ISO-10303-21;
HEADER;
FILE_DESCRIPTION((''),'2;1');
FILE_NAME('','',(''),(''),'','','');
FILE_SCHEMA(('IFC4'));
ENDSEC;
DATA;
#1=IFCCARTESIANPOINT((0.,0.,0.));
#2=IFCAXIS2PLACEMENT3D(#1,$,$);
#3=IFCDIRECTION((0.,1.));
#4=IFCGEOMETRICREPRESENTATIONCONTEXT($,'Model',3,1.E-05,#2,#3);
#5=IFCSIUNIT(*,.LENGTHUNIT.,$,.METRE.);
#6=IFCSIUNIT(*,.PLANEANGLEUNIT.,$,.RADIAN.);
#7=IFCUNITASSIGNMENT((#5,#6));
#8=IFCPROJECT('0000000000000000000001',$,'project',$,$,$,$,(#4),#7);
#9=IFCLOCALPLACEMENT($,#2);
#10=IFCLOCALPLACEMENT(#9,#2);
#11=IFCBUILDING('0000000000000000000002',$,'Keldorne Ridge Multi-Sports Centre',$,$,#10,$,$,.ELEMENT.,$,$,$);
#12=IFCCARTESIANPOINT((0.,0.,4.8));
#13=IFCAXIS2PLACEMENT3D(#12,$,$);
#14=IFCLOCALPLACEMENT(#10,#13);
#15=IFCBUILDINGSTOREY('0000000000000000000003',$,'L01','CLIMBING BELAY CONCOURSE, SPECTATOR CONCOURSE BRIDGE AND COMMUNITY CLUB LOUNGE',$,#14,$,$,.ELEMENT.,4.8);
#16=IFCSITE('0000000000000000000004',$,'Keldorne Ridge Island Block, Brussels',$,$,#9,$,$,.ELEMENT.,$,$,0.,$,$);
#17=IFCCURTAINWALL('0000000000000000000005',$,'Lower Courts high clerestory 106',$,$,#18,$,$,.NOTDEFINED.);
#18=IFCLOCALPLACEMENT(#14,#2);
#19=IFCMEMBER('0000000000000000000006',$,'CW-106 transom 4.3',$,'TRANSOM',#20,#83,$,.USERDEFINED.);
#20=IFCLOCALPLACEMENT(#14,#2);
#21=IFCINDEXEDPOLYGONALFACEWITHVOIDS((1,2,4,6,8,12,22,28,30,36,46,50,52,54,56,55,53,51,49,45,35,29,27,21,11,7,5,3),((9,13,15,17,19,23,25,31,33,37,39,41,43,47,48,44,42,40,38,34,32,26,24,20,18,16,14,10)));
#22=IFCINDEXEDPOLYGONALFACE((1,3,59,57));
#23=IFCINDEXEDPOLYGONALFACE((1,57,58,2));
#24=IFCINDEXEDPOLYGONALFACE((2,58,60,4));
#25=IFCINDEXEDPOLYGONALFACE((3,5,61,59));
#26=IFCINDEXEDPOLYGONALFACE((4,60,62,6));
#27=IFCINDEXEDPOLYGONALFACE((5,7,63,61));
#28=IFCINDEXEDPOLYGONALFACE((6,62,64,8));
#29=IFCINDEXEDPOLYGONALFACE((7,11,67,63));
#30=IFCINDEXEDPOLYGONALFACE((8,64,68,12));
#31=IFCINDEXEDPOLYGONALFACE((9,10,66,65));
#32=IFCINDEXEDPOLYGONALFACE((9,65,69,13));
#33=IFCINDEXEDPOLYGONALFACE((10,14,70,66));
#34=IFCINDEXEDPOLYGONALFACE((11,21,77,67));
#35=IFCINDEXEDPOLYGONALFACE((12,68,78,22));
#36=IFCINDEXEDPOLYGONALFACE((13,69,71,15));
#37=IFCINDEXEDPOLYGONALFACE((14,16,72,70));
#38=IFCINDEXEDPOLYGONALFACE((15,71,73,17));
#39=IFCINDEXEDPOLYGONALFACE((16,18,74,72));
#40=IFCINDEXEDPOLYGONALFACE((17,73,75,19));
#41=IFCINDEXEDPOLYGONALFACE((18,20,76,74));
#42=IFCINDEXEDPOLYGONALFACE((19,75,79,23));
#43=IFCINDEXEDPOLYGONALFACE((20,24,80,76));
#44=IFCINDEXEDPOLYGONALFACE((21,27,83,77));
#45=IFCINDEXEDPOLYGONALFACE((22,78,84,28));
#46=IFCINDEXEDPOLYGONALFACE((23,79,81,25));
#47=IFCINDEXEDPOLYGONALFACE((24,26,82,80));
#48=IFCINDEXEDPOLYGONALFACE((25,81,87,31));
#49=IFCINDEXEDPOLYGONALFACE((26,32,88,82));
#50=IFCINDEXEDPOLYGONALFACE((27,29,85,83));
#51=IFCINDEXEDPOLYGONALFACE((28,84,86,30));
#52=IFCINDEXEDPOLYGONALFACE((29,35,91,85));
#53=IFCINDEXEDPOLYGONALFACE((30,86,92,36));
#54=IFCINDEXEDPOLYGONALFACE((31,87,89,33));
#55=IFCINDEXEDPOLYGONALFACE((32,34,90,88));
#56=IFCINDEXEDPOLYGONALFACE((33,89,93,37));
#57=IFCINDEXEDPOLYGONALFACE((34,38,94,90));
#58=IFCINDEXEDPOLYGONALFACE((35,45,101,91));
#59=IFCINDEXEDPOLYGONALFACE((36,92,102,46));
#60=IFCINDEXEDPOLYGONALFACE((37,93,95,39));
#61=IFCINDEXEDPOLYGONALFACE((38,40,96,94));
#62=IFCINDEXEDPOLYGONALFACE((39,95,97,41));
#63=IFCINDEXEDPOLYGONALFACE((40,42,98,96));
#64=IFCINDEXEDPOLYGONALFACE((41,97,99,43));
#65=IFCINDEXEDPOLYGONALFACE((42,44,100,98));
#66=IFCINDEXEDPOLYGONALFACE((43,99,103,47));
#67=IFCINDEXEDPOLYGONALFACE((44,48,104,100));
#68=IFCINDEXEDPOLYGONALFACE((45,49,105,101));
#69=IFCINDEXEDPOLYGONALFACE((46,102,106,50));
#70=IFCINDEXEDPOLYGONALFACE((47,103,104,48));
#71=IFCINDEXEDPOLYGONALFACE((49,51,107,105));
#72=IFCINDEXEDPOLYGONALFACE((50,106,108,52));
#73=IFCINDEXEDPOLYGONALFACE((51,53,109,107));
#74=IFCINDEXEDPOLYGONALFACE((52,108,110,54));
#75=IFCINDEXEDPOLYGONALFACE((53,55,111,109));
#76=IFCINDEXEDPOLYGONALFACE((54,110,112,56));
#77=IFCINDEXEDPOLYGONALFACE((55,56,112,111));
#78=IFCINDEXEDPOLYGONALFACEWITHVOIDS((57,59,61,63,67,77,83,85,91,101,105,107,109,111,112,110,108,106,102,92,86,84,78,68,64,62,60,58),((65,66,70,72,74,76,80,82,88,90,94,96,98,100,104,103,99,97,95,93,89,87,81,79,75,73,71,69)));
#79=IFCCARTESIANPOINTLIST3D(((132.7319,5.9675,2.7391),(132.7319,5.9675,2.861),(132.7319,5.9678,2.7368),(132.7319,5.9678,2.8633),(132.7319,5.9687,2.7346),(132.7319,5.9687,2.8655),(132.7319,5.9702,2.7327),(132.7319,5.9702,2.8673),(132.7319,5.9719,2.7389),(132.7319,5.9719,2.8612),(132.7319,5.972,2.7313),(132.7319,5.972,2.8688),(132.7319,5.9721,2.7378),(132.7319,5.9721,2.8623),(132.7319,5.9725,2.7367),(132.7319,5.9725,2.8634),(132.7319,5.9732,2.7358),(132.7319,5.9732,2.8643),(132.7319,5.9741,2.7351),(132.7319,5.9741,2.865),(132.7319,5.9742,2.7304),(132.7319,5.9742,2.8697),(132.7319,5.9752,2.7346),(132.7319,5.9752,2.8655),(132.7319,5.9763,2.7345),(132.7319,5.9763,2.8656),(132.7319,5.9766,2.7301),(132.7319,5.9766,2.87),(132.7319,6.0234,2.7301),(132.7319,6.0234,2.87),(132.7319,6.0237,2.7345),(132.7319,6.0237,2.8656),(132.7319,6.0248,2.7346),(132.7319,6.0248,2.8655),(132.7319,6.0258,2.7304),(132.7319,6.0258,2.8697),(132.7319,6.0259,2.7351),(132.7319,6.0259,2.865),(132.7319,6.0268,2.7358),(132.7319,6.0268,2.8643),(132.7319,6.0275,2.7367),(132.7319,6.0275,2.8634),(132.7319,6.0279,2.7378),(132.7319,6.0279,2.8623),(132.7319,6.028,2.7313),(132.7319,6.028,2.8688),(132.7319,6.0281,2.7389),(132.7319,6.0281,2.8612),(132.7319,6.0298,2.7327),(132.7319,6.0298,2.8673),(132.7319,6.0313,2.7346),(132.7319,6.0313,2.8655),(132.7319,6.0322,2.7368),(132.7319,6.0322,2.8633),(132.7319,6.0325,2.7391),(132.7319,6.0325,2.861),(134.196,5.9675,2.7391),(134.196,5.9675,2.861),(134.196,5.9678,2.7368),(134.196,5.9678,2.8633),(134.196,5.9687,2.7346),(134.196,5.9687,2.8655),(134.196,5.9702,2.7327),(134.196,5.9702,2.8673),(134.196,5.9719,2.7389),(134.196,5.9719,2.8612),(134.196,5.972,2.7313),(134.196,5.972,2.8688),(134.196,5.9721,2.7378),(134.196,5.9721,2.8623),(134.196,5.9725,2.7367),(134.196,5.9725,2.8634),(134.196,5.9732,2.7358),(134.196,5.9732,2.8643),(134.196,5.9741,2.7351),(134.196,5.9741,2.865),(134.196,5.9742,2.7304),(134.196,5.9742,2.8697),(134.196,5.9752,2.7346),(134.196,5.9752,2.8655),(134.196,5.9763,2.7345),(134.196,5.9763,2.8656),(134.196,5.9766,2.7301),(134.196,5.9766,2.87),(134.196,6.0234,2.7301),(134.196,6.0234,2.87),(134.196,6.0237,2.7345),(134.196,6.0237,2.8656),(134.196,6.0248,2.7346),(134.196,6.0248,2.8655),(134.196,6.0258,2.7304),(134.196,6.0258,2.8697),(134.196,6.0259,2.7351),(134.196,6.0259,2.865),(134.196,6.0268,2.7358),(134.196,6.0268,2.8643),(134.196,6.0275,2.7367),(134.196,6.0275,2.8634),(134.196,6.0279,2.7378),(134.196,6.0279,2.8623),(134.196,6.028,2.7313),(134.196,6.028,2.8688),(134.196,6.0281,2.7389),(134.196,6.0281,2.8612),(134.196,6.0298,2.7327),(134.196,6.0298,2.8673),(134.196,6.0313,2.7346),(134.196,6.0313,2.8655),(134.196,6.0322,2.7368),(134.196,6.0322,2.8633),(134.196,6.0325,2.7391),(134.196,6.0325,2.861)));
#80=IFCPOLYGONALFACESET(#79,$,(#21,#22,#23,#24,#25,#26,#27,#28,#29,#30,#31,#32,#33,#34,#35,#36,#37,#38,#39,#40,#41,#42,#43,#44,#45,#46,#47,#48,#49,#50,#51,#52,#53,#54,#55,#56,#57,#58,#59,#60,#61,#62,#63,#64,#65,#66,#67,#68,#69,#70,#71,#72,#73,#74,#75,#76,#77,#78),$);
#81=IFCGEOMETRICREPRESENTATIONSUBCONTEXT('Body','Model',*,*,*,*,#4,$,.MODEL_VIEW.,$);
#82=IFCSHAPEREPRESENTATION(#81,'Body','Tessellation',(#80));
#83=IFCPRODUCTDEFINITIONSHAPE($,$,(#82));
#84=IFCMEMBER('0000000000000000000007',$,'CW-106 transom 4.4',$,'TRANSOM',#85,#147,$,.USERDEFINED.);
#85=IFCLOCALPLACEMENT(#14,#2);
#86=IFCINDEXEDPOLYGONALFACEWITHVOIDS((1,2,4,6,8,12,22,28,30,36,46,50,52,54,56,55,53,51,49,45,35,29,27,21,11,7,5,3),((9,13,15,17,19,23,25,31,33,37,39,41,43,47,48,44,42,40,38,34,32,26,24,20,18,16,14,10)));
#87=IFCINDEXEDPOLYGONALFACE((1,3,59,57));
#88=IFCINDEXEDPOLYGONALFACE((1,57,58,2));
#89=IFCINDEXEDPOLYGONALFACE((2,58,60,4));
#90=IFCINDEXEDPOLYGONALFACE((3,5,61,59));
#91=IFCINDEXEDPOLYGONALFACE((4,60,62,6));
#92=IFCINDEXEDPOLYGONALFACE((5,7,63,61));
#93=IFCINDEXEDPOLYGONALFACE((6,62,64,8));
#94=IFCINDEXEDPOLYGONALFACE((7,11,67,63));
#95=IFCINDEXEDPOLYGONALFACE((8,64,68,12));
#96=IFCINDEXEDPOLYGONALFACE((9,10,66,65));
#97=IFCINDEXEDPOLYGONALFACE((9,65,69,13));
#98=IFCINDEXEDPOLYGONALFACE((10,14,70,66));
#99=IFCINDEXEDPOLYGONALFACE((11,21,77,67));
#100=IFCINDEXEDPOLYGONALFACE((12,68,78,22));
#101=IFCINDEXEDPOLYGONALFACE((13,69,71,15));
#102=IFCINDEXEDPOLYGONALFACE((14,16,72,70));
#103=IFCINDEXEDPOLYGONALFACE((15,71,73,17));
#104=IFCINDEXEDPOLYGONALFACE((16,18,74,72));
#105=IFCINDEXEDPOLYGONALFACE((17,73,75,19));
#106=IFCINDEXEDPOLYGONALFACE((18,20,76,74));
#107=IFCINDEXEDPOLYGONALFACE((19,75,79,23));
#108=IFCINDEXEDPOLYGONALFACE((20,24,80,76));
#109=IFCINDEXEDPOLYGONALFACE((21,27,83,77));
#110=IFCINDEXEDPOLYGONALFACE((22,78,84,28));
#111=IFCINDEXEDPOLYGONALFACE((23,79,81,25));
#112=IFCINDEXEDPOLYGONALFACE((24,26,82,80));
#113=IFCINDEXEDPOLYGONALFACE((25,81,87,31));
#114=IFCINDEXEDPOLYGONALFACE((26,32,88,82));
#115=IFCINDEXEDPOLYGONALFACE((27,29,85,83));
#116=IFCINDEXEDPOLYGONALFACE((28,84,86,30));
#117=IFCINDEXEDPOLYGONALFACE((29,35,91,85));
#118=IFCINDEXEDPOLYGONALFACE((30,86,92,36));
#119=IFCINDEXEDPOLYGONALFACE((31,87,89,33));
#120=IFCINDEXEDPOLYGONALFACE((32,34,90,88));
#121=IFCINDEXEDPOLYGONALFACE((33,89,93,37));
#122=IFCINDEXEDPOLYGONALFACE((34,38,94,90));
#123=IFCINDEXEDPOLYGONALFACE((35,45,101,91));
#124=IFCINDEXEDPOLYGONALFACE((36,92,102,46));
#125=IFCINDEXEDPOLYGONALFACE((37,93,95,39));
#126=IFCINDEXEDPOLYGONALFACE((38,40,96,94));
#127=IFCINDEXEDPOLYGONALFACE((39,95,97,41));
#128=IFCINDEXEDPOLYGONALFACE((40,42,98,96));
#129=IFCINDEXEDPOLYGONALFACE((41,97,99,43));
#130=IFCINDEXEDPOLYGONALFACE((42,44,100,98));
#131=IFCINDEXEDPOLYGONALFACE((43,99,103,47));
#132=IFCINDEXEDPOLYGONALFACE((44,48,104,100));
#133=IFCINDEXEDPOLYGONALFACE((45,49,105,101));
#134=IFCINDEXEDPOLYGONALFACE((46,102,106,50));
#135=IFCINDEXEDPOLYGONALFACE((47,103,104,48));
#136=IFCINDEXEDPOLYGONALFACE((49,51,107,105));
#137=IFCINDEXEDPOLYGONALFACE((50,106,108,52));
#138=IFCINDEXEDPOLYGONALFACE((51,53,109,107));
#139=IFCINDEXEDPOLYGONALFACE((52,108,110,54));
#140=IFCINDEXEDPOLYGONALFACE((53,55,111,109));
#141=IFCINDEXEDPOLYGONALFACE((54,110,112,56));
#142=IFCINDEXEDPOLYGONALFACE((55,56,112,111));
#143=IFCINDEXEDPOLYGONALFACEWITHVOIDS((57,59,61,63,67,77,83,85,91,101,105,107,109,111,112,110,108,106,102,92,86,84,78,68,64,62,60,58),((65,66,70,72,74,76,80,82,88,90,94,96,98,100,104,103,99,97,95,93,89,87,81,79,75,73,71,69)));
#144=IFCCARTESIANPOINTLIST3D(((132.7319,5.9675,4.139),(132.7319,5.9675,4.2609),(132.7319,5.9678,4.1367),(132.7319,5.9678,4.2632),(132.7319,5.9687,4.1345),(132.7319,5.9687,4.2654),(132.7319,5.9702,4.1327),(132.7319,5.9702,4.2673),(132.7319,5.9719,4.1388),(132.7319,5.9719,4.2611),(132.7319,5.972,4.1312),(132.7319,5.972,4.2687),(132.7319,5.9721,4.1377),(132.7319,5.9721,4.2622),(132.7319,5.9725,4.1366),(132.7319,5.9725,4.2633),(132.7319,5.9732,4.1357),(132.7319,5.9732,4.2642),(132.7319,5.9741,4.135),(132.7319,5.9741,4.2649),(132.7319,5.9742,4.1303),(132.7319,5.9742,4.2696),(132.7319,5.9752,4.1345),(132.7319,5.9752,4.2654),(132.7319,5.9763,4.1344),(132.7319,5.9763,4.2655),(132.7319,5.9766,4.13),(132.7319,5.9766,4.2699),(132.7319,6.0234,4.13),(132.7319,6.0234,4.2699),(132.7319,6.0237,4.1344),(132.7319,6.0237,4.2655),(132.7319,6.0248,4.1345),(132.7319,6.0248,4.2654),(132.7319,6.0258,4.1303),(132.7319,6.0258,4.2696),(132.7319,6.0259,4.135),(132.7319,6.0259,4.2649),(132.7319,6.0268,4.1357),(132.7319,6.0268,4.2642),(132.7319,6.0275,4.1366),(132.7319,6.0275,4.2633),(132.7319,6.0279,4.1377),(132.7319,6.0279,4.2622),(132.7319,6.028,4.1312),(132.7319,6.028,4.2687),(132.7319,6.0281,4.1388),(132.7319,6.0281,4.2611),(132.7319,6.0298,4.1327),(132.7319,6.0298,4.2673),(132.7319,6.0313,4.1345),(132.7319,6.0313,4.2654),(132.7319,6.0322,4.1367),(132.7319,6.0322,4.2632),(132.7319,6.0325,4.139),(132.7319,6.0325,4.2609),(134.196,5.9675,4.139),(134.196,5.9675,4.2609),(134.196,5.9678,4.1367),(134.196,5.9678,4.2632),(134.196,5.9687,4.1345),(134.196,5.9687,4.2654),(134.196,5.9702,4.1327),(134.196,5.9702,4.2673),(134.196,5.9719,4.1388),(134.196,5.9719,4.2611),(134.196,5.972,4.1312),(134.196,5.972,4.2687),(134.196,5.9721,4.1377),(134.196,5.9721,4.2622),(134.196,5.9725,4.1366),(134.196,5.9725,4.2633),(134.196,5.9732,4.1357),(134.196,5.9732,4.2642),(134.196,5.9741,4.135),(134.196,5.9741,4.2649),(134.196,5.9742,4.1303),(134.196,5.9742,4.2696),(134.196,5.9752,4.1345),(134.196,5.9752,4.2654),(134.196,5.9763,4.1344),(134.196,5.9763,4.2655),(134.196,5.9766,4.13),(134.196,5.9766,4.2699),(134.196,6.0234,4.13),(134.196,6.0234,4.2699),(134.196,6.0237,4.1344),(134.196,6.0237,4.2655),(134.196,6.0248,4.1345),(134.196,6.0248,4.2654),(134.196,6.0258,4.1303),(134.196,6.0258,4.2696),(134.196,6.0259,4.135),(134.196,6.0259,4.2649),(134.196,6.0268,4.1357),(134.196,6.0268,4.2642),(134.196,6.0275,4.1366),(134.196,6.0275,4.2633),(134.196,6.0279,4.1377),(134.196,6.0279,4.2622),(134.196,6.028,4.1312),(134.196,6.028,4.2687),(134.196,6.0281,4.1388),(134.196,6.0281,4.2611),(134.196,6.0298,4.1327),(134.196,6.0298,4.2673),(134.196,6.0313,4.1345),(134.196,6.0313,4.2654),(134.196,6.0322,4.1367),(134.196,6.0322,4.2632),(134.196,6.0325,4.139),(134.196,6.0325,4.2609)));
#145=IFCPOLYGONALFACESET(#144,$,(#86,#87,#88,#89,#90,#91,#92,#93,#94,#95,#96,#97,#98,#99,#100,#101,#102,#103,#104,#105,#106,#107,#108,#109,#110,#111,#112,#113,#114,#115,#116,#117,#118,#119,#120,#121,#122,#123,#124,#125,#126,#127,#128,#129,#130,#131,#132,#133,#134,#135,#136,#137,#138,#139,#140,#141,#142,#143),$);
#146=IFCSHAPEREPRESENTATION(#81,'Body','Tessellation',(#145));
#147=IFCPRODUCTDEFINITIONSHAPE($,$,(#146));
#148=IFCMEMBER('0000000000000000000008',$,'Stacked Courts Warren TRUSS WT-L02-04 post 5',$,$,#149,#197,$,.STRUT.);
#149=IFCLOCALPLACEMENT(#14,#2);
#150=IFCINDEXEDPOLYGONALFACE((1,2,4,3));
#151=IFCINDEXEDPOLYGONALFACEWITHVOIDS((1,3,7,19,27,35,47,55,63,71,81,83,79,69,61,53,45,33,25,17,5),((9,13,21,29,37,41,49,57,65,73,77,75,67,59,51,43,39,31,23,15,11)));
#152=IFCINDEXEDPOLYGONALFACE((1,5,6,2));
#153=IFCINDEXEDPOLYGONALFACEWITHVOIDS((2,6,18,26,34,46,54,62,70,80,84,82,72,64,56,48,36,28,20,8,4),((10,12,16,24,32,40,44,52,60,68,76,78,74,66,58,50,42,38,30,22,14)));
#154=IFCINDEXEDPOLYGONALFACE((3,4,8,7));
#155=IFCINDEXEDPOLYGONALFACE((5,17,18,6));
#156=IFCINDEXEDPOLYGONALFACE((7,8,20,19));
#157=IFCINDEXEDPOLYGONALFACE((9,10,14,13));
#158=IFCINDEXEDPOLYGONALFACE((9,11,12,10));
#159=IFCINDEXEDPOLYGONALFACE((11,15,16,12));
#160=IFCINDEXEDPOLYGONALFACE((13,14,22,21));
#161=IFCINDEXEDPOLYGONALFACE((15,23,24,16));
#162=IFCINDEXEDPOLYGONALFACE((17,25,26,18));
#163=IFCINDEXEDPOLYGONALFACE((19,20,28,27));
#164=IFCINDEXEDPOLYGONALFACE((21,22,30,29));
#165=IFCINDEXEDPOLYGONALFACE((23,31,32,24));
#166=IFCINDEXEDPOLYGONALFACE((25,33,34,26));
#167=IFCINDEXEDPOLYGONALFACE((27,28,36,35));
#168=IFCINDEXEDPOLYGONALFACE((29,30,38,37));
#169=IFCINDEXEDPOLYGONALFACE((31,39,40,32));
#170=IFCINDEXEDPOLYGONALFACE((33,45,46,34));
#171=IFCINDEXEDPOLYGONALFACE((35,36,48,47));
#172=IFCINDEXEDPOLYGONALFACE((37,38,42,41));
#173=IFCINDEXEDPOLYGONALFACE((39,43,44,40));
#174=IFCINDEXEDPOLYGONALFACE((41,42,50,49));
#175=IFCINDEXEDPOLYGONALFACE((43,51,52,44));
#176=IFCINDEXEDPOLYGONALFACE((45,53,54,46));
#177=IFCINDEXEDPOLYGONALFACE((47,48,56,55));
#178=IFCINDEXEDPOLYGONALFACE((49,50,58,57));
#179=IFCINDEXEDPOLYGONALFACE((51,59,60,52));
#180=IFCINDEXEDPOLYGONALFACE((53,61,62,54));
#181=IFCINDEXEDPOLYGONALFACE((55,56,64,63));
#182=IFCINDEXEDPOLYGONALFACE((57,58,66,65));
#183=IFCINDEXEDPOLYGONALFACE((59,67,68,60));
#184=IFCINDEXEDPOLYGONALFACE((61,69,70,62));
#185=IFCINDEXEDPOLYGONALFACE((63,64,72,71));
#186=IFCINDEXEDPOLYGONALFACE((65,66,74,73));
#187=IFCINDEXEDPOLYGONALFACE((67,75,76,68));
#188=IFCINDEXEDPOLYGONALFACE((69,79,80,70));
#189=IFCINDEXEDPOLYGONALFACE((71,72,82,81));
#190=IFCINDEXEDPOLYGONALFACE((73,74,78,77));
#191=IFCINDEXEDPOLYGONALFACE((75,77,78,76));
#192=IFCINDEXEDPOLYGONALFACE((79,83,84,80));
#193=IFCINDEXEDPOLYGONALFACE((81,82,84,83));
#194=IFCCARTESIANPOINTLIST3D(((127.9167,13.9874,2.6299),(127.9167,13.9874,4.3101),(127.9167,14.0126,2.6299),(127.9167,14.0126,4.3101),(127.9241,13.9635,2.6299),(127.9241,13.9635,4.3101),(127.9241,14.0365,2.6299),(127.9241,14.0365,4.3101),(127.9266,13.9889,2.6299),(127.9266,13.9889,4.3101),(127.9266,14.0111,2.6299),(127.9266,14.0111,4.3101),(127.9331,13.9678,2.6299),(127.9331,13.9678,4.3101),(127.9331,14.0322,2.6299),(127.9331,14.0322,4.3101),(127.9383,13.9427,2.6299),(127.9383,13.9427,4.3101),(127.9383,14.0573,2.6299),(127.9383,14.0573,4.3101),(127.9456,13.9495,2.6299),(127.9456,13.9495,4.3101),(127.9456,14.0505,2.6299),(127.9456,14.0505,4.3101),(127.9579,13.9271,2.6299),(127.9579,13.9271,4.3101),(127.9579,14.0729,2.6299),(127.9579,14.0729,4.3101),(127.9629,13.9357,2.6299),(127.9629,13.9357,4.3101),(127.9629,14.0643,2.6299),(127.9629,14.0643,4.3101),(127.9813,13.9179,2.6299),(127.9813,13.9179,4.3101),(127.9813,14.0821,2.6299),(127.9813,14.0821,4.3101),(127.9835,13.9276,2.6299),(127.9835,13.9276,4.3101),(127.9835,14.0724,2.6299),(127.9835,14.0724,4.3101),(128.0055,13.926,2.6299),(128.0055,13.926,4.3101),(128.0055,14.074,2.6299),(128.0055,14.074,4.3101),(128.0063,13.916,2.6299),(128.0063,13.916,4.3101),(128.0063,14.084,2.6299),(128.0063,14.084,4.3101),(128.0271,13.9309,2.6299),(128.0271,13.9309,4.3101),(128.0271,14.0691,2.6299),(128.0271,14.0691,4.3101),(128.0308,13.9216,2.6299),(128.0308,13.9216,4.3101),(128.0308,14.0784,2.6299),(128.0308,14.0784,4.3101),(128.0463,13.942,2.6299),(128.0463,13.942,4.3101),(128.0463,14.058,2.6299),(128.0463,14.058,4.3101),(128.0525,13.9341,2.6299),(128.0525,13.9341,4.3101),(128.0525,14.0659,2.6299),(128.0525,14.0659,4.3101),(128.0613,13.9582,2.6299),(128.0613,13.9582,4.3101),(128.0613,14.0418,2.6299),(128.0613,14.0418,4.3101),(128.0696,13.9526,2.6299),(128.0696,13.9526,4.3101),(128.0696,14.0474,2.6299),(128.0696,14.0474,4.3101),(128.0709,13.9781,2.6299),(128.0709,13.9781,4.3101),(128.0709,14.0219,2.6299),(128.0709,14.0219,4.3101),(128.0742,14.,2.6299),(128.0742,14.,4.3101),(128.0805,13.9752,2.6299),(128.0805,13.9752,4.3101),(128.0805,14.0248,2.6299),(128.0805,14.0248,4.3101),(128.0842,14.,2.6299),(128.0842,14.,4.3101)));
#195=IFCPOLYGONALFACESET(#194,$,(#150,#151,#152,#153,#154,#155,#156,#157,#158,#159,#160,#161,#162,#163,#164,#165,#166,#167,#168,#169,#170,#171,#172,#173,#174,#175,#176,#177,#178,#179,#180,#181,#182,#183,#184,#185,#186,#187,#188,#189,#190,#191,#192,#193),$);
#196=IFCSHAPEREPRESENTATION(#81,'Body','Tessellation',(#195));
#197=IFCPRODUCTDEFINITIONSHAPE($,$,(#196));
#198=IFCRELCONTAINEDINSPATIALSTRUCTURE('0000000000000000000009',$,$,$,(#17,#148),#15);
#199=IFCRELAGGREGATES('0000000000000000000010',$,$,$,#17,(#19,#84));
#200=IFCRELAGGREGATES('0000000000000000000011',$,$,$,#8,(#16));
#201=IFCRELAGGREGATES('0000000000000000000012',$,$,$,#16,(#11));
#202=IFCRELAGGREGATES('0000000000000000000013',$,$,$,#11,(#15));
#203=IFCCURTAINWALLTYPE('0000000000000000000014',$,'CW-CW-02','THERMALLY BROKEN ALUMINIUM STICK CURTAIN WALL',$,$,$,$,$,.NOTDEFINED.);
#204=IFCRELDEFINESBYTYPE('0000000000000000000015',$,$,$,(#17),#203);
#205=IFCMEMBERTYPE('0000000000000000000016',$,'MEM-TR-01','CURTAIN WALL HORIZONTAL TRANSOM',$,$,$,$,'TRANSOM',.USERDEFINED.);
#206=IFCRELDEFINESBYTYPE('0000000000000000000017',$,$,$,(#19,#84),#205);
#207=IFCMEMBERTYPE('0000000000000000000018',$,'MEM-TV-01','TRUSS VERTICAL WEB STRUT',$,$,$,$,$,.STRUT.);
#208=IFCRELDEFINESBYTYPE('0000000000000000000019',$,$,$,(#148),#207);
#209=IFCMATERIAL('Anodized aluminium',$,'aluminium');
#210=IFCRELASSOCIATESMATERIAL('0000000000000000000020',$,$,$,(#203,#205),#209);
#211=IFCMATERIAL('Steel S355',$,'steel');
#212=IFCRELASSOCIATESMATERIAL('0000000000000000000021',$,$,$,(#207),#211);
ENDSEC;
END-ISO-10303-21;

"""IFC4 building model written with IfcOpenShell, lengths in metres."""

from ifc_helpers import new_model, si_unit, direction, frame, origin, origin_2d, place, context, subcontext, project, spatial, hollow_rectangle, hollow_circle, extrude, material, material_profile, profile_set, type_object, element, aggregate, save


model = new_model("IFC4")

# Units and contexts
model_context = context("Model", 3, precision=1e-05, world=origin(), true_north=direction((0.0, 1.0)))
body_context = subcontext(model_context, "Body", "Model", "MODEL_VIEW")
ifc_project = project(units=[si_unit("LENGTHUNIT", "METRE"), si_unit("PLANEANGLEUNIT", "RADIAN")], contexts=[model_context])

# Site, building, storey
site_placement = place(None, origin())
site = spatial("IfcSite", under=ifc_project, at=site_placement, Name="Keldorne Ridge Island Block, Brussels", CompositionType="ELEMENT", RefElevation=0.0)
building_placement = place(site_placement, origin())
building = spatial("IfcBuilding", under=site, at=building_placement, Name="Keldorne Ridge Multi-Sports Centre", CompositionType="ELEMENT")
storey_placement = place(building_placement, frame((0.0, 0.0, 4.8)))
storey = spatial("IfcBuildingStorey", under=building, at=storey_placement, Name="L01", Description="CLIMBING BELAY CONCOURSE, SPECTATOR CONCOURSE BRIDGE AND COMMUNITY CLUB LOUNGE", CompositionType="ELEMENT", Elevation=4.8)

# Curtain wall, members
ifc_material_1 = material(Name="Anodized aluminium", Category="aluminium")
curtain_wall_type = type_object("IfcCurtainWallType", Name="CW-CW-02", Description="THERMALLY BROKEN ALUMINIUM STICK CURTAIN WALL", PredefinedType="NOTDEFINED", material=ifc_material_1)
curtain_wall_placement = place(storey_placement, origin())
curtain_wall = element("IfcCurtainWall", 1, at=curtain_wall_placement, inside=storey, type_object=curtain_wall_type, Name="Lower Courts high clerestory 106", PredefinedType="NOTDEFINED")
ifc_material_profile_1 = material_profile(ifc_material_1, hollow_rectangle(XDim=0.0649, YDim=0.1399, WallThickness=0.0044, InnerFilletRadius=0.0044, OuterFilletRadius=0.009, at=origin_2d()), Name="ALU TRANSOM 140x65x4.5")
ifc_profile_set_1 = profile_set([ifc_material_profile_1], Name="Anodized aluminium")
member_type_1 = type_object("IfcMemberType", Name="MEM-TR-01", Description="CURTAIN WALL HORIZONTAL TRANSOM", ElementType="TRANSOM", PredefinedType="USERDEFINED", material=ifc_profile_set_1)
member_1_placement = place(storey_placement, frame((132.7319, 6.0, 2.8), z_axis=(1.0, 0.0, 0.0), x_axis=(0.0, 1.0, 0.0)))
member_1 = element("IfcMember", 2, at=member_1_placement, type_object=member_type_1, Name="CW-106 transom 4.3", ObjectType="TRANSOM", PredefinedType="USERDEFINED", context=body_context, shape_type="SweptSolid", body=[
    extrude(hollow_rectangle(XDim=0.0649, YDim=0.1399, WallThickness=0.0044, InnerFilletRadius=0.0044, OuterFilletRadius=0.009, at=origin_2d()), origin(), (0.0, 0.0, 1.0), 1.4641),
])
member_2_placement = place(storey_placement, frame((132.7319, 6.0, 4.2), z_axis=(1.0, 0.0, 0.0), x_axis=(0.0, 1.0, 0.0)))
member_2 = element("IfcMember", 3, at=member_2_placement, type_object=member_type_1, Name="CW-106 transom 4.4", ObjectType="TRANSOM", PredefinedType="USERDEFINED", context=body_context, shape_type="SweptSolid", body=[
    extrude(hollow_rectangle(XDim=0.0649, YDim=0.1399, WallThickness=0.0044, InnerFilletRadius=0.0044, OuterFilletRadius=0.009, at=origin_2d()), origin(), (0.0, 0.0, 1.0), 1.4641),
])

# Member
ifc_material_2 = material(Name="Steel S355", Category="steel")
ifc_material_profile_2 = material_profile(ifc_material_2, hollow_circle(Radius=0.0842, WallThickness=0.01, at=origin_2d()), Name="CHS 168.3x10")
ifc_profile_set_2 = profile_set([ifc_material_profile_2], Name="Steel S355")
member_type_2 = type_object("IfcMemberType", Name="MEM-TV-01", Description="TRUSS VERTICAL WEB STRUT", PredefinedType="STRUT", material=ifc_profile_set_2)
member_3_placement = place(storey_placement, frame((128.0, 14.0, 2.6299), z_axis=(0.0, 0.0, 1.0), x_axis=(1.0, 0.0, 0.0)))
element("IfcMember", 4, at=member_3_placement, inside=storey, type_object=member_type_2, Name="Stacked Courts Warren TRUSS WT-L02-04 post 5", PredefinedType="STRUT", context=body_context, shape_type="SweptSolid", body=[
    extrude(hollow_circle(Radius=0.0842, WallThickness=0.01, at=origin_2d()), origin(), (0.0, 0.0, 1.0), 1.6802),
])

aggregate(curtain_wall, [member_1, member_2])

save(model, "model.ifc")
